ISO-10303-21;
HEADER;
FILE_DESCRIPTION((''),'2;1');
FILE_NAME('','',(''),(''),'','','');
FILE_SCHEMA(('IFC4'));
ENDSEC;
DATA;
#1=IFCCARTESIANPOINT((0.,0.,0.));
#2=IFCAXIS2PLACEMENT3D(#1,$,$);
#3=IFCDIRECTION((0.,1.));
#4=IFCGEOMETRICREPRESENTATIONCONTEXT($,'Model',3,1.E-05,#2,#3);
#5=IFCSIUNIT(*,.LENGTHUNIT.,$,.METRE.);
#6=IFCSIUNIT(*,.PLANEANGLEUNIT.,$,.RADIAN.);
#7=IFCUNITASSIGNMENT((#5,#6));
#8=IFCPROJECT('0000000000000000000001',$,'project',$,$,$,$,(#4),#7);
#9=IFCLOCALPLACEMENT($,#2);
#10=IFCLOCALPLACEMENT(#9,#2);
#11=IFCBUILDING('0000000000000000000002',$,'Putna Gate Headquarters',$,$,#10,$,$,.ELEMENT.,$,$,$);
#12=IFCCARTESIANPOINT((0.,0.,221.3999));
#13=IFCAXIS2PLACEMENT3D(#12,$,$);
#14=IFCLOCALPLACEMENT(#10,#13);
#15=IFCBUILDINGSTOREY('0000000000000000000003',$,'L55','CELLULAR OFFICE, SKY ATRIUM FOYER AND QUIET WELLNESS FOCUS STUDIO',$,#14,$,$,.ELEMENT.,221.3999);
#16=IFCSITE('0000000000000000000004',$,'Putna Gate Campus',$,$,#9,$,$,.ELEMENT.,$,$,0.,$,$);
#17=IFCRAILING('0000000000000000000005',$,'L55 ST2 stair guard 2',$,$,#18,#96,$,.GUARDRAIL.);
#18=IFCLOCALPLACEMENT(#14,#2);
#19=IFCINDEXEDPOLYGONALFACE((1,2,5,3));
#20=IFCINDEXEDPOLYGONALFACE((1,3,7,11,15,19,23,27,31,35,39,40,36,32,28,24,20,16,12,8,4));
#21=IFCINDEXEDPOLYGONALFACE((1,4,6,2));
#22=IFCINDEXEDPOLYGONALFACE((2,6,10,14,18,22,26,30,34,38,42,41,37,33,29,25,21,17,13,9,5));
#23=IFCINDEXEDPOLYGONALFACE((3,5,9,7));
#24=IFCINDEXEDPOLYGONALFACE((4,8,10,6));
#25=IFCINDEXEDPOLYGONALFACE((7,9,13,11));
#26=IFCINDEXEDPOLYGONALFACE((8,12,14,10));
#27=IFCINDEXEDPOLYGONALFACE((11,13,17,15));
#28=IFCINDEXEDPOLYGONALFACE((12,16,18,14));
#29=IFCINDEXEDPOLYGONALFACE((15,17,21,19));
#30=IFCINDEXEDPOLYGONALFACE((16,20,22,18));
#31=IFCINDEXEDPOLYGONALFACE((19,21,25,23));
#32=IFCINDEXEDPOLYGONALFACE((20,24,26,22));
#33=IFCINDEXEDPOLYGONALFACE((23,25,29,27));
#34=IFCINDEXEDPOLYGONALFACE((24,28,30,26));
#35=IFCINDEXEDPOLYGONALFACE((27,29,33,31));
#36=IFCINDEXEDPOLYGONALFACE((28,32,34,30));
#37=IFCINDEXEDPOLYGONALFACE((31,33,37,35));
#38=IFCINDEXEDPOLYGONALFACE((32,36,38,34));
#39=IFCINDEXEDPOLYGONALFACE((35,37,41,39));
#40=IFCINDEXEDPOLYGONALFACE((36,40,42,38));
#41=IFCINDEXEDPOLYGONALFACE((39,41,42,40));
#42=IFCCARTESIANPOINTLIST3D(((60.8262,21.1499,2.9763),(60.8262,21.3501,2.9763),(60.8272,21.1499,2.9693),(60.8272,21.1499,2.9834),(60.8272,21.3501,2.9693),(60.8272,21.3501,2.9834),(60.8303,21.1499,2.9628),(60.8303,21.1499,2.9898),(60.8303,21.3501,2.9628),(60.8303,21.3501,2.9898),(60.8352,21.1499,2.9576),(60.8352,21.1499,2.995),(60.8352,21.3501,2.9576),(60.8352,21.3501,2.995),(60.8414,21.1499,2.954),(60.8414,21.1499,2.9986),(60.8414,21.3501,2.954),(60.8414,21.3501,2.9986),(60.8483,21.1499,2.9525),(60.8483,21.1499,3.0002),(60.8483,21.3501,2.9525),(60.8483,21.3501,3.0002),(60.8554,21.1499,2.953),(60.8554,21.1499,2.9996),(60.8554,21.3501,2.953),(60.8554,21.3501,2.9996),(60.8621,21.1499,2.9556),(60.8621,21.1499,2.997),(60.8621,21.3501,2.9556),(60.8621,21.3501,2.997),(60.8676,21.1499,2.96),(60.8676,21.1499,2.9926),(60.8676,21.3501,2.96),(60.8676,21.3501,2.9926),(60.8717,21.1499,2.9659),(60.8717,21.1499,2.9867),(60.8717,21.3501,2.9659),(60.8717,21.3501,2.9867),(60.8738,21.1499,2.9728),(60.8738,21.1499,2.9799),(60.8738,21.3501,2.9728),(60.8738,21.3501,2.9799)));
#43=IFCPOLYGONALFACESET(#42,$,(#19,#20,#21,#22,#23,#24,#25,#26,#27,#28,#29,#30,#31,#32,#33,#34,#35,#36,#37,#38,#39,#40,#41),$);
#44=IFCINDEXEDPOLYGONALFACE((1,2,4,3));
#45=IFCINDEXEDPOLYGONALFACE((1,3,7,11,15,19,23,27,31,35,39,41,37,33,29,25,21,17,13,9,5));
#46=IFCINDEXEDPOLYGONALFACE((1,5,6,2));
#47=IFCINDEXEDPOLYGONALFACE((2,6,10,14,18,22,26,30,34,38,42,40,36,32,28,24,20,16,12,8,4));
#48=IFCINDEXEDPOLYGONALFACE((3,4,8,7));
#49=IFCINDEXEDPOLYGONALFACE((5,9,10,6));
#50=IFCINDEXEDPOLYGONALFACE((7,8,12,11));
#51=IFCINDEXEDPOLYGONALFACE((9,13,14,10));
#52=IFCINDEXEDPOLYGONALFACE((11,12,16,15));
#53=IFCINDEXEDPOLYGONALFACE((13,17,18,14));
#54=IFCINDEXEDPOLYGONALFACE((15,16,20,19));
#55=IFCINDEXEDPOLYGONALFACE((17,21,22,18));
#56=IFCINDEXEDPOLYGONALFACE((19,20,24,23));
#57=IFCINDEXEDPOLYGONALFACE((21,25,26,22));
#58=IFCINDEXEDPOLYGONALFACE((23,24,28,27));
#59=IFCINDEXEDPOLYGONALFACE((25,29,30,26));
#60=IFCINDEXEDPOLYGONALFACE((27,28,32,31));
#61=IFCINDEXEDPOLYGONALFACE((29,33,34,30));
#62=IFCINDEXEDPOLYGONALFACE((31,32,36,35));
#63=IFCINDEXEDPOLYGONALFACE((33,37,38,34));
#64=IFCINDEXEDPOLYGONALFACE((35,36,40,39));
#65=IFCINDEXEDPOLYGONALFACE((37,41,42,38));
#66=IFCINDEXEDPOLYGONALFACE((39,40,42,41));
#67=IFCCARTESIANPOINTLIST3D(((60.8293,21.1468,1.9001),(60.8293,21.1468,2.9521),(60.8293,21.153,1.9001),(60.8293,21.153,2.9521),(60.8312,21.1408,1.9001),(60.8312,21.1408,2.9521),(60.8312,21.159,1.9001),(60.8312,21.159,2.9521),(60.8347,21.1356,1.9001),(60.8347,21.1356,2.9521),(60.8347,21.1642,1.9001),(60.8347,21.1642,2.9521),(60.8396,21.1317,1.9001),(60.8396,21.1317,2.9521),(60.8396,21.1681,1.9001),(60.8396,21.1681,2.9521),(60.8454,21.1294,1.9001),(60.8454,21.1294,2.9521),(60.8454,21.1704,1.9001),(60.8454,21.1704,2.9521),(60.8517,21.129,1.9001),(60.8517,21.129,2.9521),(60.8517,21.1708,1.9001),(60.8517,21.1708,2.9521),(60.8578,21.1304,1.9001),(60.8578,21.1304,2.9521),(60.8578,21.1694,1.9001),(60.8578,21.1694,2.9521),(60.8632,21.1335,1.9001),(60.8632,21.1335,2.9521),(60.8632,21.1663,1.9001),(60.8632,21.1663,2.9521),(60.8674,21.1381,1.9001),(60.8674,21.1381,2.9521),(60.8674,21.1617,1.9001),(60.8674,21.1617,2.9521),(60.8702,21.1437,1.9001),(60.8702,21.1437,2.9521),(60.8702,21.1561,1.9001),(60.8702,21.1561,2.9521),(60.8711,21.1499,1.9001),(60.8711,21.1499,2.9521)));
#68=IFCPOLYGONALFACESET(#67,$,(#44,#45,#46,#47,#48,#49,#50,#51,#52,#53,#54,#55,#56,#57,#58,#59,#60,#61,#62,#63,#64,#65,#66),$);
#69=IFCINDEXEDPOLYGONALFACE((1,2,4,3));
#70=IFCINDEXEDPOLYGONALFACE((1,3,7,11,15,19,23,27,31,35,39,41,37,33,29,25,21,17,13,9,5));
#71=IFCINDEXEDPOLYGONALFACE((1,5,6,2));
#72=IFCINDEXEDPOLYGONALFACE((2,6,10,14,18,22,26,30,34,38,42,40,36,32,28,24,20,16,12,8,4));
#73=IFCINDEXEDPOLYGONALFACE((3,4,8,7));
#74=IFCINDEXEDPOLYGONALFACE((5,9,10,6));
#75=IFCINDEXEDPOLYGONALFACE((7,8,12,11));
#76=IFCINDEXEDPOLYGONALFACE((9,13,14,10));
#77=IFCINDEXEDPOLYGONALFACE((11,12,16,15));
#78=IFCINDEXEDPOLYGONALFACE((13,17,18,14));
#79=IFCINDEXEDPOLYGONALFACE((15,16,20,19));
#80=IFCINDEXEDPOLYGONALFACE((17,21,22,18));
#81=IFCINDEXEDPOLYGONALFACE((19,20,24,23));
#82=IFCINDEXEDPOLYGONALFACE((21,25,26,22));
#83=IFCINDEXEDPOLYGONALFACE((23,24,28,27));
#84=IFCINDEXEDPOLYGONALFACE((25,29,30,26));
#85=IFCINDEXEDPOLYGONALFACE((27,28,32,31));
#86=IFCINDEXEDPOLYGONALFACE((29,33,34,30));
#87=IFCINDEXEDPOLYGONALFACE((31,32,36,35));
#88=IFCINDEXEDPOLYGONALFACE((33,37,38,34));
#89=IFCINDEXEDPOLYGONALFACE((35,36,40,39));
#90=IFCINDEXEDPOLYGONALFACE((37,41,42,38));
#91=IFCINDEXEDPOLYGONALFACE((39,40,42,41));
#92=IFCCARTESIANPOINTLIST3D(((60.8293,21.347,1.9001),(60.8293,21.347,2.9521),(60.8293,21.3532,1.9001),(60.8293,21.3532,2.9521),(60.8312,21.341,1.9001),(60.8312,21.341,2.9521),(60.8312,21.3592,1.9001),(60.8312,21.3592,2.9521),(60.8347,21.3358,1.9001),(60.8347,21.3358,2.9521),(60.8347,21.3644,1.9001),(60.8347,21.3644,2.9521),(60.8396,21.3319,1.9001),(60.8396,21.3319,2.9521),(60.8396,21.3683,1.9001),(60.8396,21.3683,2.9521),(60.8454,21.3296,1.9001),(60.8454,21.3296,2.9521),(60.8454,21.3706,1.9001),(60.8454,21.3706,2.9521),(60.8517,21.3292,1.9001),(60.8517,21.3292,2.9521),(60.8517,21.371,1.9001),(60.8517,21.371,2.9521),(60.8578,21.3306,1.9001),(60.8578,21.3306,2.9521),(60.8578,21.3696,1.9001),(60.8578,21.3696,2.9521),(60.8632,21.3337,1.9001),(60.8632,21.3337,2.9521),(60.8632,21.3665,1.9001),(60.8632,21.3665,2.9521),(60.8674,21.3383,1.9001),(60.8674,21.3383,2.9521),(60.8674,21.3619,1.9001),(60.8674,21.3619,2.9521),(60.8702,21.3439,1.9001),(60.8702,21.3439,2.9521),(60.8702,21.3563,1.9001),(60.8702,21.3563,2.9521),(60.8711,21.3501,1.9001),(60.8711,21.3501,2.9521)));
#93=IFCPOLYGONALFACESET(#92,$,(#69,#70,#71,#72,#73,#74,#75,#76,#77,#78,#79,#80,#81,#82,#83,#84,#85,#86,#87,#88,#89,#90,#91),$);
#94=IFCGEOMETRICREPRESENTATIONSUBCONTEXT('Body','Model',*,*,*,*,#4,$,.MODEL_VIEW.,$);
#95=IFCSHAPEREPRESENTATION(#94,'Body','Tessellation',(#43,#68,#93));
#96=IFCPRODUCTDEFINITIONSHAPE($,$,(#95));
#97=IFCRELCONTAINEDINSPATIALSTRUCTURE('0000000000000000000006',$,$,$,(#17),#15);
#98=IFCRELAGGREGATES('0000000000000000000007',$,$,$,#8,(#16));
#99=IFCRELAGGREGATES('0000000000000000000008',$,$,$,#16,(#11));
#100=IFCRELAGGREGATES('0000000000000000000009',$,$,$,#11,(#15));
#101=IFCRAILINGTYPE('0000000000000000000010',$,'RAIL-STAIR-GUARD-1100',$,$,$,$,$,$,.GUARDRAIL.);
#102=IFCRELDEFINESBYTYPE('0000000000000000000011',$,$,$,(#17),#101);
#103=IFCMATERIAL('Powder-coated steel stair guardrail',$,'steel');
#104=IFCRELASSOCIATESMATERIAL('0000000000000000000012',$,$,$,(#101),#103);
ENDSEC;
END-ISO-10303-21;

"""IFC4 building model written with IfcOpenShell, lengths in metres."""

from ifc_helpers import new_model, si_unit, direction, frame, origin, origin_2d, place, context, subcontext, project, spatial, circle, extrude, material, type_object, element, save


model = new_model("IFC4")

# Units and contexts
model_context = context("Model", 3, precision=1e-05, world=origin(), true_north=direction((0.0, 1.0)))
body_context = subcontext(model_context, "Body", "Model", "MODEL_VIEW")
ifc_project = project(units=[si_unit("LENGTHUNIT", "METRE"), si_unit("PLANEANGLEUNIT", "RADIAN")], contexts=[model_context])

# Site, building, storey
site_placement = place(None, origin())
site = spatial("IfcSite", under=ifc_project, at=site_placement, Name="Putna Gate Campus", CompositionType="ELEMENT", RefElevation=0.0)
building_placement = place(site_placement, origin())
building = spatial("IfcBuilding", under=site, at=building_placement, Name="Putna Gate Headquarters", CompositionType="ELEMENT")
storey_placement = place(building_placement, frame((0.0, 0.0, 221.3999)))
storey = spatial("IfcBuildingStorey", under=building, at=storey_placement, Name="L55", Description="CELLULAR OFFICE, SKY ATRIUM FOYER AND QUIET WELLNESS FOCUS STUDIO", CompositionType="ELEMENT", Elevation=221.3999)

# Railing
ifc_material_1 = material(Name="Powder-coated steel stair guardrail", Category="steel")
railing_type_1 = type_object("IfcRailingType", Name="RAIL-STAIR-GUARD-1100", PredefinedType="GUARDRAIL", material=ifc_material_1)
railing_1_placement = place(storey_placement, frame((60.8501, 21.1499, 1.9001)))
element("IfcRailing", 1, at=railing_1_placement, inside=storey, type_object=railing_type_1, Name="L55 ST2 stair guard 2", PredefinedType="GUARDRAIL", context=body_context, shape_type="SweptSolid", body=[
    extrude(circle(Radius=0.0239, at=origin_2d()), frame((0.0, 0.0, 1.0762), z_axis=(0.0, 1.0, 0.0), x_axis=(-1.0, 0.0, 0.0)), (0.0, 0.0, 1.0), 0.2002),
    extrude(circle(Radius=0.021, at=origin_2d()), origin(), (0.0, 0.0, 1.0), 1.052),
    extrude(circle(Radius=0.021, at=origin_2d()), frame((0.0, 0.2002, 0.0)), (0.0, 0.0, 1.0), 1.052),
])

save(model, "model.ifc")
